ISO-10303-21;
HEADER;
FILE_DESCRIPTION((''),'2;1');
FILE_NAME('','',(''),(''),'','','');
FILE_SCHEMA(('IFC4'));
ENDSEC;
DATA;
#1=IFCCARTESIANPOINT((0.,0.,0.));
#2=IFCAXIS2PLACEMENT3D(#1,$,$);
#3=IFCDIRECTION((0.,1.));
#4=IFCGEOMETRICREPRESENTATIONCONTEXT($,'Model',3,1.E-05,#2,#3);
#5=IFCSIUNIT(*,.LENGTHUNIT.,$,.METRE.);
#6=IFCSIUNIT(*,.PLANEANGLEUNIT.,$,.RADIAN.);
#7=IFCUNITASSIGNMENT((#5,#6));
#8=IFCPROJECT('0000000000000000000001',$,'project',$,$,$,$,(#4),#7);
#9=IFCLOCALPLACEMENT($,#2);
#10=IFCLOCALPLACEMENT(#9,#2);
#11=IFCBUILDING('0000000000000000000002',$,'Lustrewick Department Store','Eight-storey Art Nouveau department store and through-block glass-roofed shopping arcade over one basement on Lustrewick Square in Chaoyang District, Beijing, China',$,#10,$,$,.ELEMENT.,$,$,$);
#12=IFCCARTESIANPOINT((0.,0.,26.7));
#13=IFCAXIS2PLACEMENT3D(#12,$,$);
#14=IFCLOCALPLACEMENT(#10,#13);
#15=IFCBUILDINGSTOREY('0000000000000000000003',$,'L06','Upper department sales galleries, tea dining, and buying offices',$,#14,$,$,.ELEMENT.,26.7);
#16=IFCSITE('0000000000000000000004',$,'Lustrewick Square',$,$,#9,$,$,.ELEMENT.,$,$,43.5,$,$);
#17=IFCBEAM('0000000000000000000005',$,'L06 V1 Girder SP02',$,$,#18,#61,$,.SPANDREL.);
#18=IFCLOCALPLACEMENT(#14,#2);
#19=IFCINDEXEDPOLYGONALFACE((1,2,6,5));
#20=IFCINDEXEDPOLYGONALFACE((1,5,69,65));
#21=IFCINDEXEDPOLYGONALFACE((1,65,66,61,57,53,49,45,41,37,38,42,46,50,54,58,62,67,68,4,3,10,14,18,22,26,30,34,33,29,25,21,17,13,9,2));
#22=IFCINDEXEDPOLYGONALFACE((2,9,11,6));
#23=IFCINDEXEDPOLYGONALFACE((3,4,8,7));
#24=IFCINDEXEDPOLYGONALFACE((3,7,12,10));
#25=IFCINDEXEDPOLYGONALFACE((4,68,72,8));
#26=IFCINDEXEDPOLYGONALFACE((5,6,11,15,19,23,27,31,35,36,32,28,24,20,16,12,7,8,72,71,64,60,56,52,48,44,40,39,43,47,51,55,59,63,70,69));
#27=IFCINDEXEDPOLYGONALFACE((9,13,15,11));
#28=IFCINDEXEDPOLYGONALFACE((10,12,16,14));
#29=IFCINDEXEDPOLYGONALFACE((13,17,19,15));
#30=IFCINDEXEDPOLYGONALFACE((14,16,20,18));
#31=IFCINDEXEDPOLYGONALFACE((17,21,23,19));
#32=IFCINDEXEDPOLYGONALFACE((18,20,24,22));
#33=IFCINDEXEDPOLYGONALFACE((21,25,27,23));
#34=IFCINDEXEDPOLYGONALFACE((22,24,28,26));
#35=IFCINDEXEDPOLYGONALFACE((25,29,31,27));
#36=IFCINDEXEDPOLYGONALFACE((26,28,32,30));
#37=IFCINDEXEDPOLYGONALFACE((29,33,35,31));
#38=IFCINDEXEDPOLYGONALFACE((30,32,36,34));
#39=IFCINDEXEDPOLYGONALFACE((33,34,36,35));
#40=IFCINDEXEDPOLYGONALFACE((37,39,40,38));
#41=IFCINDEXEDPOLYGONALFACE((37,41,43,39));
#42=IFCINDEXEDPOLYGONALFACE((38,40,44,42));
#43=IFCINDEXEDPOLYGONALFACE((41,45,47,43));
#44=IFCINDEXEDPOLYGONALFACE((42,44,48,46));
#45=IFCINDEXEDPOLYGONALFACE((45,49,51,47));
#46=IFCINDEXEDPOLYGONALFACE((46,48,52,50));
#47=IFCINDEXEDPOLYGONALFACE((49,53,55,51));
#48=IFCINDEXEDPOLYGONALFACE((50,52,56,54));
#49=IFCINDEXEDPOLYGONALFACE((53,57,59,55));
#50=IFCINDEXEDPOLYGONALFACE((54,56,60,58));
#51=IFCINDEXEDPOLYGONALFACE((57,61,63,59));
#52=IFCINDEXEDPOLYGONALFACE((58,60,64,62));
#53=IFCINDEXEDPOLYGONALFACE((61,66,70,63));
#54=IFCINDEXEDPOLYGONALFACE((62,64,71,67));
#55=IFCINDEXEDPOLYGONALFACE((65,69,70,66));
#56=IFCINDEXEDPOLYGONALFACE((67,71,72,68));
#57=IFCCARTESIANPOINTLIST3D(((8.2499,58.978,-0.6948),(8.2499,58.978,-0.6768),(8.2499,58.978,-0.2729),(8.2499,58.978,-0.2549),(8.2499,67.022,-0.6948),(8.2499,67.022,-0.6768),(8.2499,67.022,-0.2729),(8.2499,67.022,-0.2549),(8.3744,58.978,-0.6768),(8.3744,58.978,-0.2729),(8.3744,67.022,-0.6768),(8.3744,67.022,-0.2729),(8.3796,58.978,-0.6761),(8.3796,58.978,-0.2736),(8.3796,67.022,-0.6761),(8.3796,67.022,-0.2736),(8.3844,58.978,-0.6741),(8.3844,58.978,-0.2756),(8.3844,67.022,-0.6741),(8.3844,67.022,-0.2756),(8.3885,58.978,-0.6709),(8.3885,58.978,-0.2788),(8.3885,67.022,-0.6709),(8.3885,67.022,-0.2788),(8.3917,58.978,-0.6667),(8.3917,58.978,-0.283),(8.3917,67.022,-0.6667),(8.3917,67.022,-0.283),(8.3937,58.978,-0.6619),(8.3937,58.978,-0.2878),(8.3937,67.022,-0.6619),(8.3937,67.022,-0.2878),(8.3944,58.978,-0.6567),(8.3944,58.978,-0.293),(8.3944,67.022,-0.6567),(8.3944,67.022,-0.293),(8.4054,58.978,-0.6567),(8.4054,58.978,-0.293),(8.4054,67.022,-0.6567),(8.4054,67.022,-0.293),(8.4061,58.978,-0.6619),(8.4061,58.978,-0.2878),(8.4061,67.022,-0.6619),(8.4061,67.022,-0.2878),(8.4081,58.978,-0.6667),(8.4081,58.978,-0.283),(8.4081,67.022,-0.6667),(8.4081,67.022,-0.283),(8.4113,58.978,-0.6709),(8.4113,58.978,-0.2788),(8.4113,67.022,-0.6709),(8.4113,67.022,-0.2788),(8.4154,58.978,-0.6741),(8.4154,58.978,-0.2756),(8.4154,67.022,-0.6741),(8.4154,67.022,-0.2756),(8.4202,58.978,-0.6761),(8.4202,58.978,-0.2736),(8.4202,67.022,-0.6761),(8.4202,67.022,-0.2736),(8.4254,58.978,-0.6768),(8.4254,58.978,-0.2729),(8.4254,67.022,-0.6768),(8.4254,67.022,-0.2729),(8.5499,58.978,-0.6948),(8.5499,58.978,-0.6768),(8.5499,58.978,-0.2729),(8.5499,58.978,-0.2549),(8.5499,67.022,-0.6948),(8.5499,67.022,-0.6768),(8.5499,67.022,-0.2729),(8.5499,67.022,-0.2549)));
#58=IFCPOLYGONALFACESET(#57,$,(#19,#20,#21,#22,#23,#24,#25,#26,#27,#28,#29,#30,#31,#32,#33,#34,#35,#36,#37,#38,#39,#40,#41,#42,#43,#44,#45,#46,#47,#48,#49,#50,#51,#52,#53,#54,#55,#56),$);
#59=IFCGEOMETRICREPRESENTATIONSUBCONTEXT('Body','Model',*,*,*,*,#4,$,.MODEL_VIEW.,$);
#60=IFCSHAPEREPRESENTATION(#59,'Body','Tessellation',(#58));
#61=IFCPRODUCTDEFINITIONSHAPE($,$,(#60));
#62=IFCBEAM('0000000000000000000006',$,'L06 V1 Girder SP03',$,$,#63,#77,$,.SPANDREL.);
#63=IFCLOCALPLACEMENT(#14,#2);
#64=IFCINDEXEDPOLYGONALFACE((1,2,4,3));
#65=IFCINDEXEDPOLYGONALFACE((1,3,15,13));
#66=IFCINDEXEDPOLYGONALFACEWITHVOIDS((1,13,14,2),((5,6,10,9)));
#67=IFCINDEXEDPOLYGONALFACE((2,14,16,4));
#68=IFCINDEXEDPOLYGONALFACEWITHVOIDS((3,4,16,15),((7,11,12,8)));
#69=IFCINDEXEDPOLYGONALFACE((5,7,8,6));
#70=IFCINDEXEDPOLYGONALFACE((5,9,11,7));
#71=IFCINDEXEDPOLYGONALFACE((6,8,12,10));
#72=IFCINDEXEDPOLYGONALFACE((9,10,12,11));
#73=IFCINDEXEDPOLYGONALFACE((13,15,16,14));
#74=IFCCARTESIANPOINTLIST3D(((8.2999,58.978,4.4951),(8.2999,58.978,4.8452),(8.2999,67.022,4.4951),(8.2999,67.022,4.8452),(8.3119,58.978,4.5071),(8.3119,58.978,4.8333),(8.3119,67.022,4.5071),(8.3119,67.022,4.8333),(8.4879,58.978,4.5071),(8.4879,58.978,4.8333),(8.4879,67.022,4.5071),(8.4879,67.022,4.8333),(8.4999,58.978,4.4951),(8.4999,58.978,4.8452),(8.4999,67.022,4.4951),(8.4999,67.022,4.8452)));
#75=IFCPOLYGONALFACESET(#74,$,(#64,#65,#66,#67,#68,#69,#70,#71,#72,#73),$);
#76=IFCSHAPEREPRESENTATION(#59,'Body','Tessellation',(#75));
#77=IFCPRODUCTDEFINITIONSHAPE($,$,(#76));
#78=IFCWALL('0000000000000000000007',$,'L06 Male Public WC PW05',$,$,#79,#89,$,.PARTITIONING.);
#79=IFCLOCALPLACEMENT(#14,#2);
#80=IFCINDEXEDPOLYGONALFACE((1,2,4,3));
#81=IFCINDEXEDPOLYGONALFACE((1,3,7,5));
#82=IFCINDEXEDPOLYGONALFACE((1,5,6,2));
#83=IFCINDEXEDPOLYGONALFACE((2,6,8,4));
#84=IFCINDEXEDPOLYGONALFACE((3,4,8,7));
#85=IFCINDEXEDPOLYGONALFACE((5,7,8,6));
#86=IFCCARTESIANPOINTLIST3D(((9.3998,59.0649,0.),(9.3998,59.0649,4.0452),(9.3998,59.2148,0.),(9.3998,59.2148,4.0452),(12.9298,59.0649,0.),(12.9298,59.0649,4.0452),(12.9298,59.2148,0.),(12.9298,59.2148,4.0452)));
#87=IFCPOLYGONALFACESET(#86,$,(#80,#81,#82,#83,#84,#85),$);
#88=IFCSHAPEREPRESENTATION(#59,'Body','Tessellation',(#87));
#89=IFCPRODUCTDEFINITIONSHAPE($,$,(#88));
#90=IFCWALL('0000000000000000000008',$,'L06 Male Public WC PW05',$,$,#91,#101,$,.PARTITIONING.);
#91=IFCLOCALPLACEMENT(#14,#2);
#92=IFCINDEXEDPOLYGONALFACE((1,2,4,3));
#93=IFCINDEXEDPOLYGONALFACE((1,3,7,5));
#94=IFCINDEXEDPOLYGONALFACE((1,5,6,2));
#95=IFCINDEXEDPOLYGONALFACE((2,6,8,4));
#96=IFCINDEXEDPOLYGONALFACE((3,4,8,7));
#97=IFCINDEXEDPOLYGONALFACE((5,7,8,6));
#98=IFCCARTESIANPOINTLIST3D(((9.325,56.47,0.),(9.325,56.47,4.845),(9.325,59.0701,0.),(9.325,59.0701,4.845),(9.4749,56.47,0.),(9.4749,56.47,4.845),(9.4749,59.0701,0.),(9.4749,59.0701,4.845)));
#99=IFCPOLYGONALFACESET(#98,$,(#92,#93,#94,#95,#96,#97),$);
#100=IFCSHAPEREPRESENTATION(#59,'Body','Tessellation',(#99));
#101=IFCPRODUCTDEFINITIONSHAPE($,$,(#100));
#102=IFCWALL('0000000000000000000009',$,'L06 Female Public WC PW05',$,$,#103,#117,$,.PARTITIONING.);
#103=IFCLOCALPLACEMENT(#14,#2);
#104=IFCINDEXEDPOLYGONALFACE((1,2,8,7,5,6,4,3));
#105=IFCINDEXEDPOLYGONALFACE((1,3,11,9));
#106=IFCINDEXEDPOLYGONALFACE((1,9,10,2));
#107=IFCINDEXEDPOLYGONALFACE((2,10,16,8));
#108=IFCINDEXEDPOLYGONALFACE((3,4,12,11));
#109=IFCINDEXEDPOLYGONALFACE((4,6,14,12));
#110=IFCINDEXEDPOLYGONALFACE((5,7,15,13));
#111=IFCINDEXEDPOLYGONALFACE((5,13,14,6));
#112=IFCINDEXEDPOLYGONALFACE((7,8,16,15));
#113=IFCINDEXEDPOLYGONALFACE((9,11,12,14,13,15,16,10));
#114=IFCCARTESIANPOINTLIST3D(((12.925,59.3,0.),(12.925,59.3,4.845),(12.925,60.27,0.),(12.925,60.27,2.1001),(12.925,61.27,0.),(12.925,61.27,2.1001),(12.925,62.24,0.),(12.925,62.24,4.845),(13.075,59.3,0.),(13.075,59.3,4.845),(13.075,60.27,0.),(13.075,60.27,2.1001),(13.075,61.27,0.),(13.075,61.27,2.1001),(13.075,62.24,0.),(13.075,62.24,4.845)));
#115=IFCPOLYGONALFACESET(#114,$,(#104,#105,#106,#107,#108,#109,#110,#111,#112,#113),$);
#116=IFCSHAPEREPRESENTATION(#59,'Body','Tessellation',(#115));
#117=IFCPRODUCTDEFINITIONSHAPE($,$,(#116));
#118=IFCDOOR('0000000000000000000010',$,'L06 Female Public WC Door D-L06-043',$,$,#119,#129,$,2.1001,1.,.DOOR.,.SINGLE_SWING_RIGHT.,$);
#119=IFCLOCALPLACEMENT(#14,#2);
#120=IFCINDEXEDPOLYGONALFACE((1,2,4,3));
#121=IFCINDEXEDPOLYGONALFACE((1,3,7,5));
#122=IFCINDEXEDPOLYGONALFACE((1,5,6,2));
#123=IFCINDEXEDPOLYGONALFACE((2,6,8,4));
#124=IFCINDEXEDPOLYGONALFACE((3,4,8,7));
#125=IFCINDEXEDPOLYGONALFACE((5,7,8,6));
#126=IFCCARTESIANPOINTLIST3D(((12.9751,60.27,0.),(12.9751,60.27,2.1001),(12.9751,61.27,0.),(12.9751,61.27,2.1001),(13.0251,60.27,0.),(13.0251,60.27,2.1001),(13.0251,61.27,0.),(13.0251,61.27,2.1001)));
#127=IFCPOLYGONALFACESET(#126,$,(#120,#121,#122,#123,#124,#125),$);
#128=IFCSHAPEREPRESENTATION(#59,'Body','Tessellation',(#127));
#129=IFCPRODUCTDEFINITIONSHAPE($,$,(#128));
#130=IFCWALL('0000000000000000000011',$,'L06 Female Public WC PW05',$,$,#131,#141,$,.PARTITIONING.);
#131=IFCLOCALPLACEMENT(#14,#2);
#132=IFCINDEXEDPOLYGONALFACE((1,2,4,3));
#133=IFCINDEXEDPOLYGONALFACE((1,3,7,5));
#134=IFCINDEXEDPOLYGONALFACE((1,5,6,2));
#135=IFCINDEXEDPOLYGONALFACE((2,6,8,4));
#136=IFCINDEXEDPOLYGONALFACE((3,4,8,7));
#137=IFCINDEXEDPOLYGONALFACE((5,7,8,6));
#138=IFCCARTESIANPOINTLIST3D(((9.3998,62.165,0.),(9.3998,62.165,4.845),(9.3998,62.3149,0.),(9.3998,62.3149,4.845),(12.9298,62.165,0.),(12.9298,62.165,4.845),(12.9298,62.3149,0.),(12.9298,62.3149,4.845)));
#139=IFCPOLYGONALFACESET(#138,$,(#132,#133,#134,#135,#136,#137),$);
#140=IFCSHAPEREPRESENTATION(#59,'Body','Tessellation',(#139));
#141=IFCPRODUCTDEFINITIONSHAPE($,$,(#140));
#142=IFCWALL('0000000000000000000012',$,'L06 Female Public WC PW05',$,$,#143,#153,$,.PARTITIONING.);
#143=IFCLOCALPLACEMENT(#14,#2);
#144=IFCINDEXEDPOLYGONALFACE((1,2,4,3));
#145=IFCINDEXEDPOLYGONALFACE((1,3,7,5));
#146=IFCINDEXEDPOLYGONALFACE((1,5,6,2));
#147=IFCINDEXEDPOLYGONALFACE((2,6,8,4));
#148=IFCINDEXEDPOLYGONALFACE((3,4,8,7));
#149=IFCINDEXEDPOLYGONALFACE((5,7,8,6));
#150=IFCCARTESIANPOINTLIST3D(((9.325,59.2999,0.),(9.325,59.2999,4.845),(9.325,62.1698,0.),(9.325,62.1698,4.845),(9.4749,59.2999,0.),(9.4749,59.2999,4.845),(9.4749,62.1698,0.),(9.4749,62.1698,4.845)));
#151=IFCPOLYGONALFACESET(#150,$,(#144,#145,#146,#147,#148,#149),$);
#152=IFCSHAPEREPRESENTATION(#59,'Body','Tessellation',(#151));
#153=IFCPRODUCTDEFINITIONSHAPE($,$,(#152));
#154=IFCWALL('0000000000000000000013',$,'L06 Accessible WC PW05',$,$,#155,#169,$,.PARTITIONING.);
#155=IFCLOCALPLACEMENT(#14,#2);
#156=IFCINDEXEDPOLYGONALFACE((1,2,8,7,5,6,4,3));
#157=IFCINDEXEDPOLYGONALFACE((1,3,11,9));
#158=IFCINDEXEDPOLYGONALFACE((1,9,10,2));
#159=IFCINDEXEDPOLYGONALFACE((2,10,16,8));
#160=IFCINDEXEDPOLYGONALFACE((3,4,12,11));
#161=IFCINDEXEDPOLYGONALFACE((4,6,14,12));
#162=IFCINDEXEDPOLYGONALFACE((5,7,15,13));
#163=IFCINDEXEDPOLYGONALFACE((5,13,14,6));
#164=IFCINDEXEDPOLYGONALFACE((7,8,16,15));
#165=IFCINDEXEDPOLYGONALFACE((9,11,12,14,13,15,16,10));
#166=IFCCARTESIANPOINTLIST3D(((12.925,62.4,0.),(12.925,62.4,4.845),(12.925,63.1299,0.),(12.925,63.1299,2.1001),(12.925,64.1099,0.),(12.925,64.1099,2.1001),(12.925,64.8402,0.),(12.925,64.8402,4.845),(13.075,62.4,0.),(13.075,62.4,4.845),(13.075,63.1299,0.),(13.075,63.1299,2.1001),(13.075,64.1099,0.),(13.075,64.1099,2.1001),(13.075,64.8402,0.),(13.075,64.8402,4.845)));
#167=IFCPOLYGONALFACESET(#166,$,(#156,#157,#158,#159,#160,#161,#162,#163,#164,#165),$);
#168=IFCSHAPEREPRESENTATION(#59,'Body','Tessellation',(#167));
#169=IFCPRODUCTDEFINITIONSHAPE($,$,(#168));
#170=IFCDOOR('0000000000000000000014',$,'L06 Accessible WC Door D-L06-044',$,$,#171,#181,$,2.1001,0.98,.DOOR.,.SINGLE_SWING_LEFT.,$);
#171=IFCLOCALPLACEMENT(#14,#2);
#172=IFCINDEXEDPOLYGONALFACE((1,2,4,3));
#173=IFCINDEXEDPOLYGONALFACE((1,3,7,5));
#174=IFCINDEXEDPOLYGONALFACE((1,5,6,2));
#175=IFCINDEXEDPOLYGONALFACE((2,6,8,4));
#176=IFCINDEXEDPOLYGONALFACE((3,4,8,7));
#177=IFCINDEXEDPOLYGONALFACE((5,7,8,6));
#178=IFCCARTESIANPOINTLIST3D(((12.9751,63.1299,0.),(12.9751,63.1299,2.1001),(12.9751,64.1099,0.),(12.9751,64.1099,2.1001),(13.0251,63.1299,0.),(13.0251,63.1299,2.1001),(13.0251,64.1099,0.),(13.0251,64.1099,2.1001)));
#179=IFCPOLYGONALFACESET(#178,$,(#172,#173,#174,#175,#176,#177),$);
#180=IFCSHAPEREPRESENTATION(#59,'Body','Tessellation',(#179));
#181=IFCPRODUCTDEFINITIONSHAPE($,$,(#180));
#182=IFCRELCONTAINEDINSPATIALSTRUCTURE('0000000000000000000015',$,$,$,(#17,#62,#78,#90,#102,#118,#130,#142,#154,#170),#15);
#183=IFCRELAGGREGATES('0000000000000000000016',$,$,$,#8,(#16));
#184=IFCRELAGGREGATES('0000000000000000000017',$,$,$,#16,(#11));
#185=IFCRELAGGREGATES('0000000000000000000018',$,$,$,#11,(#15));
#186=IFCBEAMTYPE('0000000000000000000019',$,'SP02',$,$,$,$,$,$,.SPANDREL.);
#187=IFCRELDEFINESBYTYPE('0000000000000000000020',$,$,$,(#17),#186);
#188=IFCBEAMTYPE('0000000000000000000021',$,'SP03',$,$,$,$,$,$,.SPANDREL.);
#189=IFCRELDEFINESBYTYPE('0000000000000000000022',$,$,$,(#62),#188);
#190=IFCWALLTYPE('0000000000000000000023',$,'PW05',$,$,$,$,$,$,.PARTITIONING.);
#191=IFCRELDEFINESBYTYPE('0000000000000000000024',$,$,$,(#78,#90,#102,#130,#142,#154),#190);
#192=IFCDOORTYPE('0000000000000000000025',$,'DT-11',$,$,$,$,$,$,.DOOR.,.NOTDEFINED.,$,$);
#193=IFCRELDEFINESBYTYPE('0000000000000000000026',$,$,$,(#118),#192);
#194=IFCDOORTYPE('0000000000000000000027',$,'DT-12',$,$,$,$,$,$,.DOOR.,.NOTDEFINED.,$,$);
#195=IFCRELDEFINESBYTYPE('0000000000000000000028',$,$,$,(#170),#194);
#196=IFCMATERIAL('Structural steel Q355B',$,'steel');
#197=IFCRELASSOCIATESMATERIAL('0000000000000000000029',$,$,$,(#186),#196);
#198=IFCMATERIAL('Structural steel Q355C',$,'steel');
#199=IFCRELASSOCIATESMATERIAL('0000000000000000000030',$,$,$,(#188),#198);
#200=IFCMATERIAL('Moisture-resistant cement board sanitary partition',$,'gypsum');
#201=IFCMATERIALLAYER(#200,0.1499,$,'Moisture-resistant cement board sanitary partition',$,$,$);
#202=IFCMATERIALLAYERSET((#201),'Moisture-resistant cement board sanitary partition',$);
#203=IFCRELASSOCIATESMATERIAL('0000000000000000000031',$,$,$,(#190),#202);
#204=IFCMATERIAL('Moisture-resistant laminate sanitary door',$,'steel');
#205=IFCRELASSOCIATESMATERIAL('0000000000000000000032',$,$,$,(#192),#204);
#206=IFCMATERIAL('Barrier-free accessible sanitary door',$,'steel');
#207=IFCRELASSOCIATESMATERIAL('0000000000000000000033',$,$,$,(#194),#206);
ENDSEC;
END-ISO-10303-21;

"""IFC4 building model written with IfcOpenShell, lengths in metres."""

from ifc_helpers import new_model, si_unit, direction, frame, frame_2d, origin, origin_2d, place, context, subcontext, project, spatial, rectangle, hollow_rectangle, i_section, extrude, material, layer, layer_set, material_profile, profile_set, type_object, element, fill, save


model = new_model("IFC4")

# Units and contexts
model_context = context("Model", 3, precision=1e-05, world=origin(), true_north=direction((0.0, 1.0)))
body_context = subcontext(model_context, "Body", "Model", "MODEL_VIEW")
ifc_project = project(units=[si_unit("LENGTHUNIT", "METRE"), si_unit("PLANEANGLEUNIT", "RADIAN")], contexts=[model_context])

# Site, building, storey
site_placement = place(None, origin())
site = spatial("IfcSite", under=ifc_project, at=site_placement, Name="Lustrewick Square", CompositionType="ELEMENT", RefElevation=43.5)
building_placement = place(site_placement, origin())
building = spatial("IfcBuilding", under=site, at=building_placement, Name="Lustrewick Department Store", Description="Eight-storey Art Nouveau department store and through-block glass-roofed shopping arcade over one basement on Lustrewick Square in Chaoyang District, Beijing, China", CompositionType="ELEMENT")
storey_placement = place(building_placement, frame((0.0, 0.0, 26.7)))
storey = spatial("IfcBuildingStorey", under=building, at=storey_placement, Name="L06", Description="Upper department sales galleries, tea dining, and buying offices", CompositionType="ELEMENT", Elevation=26.7)

# Shared definitions
ifc_material_1 = material(Name="Structural steel Q355B", Category="steel")

# Beams
ifc_material_2 = material(Name="Structural steel Q355C", Category="steel")
ifc_material_profile_1 = material_profile(ifc_material_1, i_section(OverallWidth=0.3, OverallDepth=0.4399, WebThickness=0.011, FlangeThickness=0.0181, FilletRadius=0.02, at=origin_2d()), Name="HM 440x300x11x18")
ifc_profile_set_1 = profile_set([ifc_material_profile_1], Name="Structural steel Q355B")
beam_type_1 = type_object("IfcBeamType", Name="SP02", PredefinedType="SPANDREL", material=ifc_profile_set_1)
beam_1_placement = place(storey_placement, frame((8.3999, 58.978, -0.4749), z_axis=(0.0, 1.0, 0.0), x_axis=(-1.0, 0.0, 0.0)))
element("IfcBeam", 1, at=beam_1_placement, inside=storey, type_object=beam_type_1, Name="L06 V1 Girder SP02", PredefinedType="SPANDREL", context=body_context, shape_type="SweptSolid", body=[
    extrude(i_section(OverallWidth=0.3, OverallDepth=0.4399, WebThickness=0.011, FlangeThickness=0.0181, FilletRadius=0.02, at=origin_2d()), origin(), (0.0, 0.0, 1.0), 8.0439),
])
ifc_material_profile_2 = material_profile(ifc_material_2, hollow_rectangle(XDim=0.2, YDim=0.3501, WallThickness=0.012, at=origin_2d()), Name="RHS 350x200x12")
ifc_profile_set_2 = profile_set([ifc_material_profile_2], Name="Structural steel Q355C")
beam_type_2 = type_object("IfcBeamType", Name="SP03", PredefinedType="SPANDREL", material=ifc_profile_set_2)
beam_2_placement = place(storey_placement, frame((8.3999, 58.978, 4.6702), z_axis=(0.0, 1.0, 0.0), x_axis=(-1.0, 0.0, 0.0)))
element("IfcBeam", 2, at=beam_2_placement, inside=storey, type_object=beam_type_2, Name="L06 V1 Girder SP03", PredefinedType="SPANDREL", context=body_context, shape_type="SweptSolid", body=[
    extrude(hollow_rectangle(XDim=0.2, YDim=0.3501, WallThickness=0.012, at=origin_2d()), origin(), (0.0, 0.0, 1.0), 8.0439),
])

# Walls
ifc_material_3 = material(Name="Moisture-resistant cement board sanitary partition", Category="gypsum")
ifc_layer = layer(ifc_material_3, 0.1499, Name="Moisture-resistant cement board sanitary partition")
ifc_layer_set = layer_set([ifc_layer], Name="Moisture-resistant cement board sanitary partition")
wall_type = type_object("IfcWallType", Name="PW05", PredefinedType="PARTITIONING", material=ifc_layer_set)
wall_1_placement = place(storey_placement, frame((12.9299, 59.1399, 0.0), z_axis=(0.0, 0.0, 1.0), x_axis=(-1.0, 0.0, 0.0)))
element("IfcWall", 3, at=wall_1_placement, inside=storey, type_object=wall_type, Name="L06 Male Public WC PW05", PredefinedType="PARTITIONING", context=body_context, shape_type="SweptSolid", body=[
    extrude(rectangle(XDim=3.53, YDim=0.1499, at=frame_2d((1.7651, 0.0))), origin(), (0.0, 0.0, 1.0), 4.0452),
])
wall_2_placement = place(storey_placement, frame((9.3999, 59.0701, 0.0), z_axis=(0.0, 0.0, 1.0), x_axis=(0.0, -1.0, 0.0)))
element("IfcWall", 4, at=wall_2_placement, inside=storey, type_object=wall_type, Name="L06 Male Public WC PW05", PredefinedType="PARTITIONING", context=body_context, shape_type="SweptSolid", body=[
    extrude(rectangle(XDim=2.6001, YDim=0.1499, at=frame_2d((1.3, 0.0))), origin(), (0.0, 0.0, 1.0), 4.845),
])

# Wall, opening, door
wall_3_placement = place(storey_placement, frame((13.0, 59.3, 0.0), z_axis=(0.0, 0.0, 1.0), x_axis=(0.0, 1.0, 0.0)))
wall_3 = element("IfcWall", 5, at=wall_3_placement, inside=storey, type_object=wall_type, Name="L06 Female Public WC PW05", PredefinedType="PARTITIONING", context=body_context, shape_type="SweptSolid", body=[
    extrude(rectangle(XDim=2.9399, YDim=0.1499, at=frame_2d((1.47, 0.0))), origin(), (0.0, 0.0, 1.0), 4.845),
])
opening_1_placement = place(wall_3_placement, frame((0.97, 0.0, 0.0)))
opening_1 = element("IfcOpeningElement", 6, at=opening_1_placement, cuts=wall_3, PredefinedType="OPENING", context=body_context, shape_type="SweptSolid", body=[
    extrude(rectangle(XDim=1.0, YDim=2.1001, at=frame_2d((0.5, 1.05))), frame((0.0, 0.085, 0.0), z_axis=(0.0, -1.0, 0.0), x_axis=(1.0, 0.0, 0.0)), (0.0, 0.0, 1.0), 0.1699),
])
ifc_material_4 = material(Name="Moisture-resistant laminate sanitary door", Category="steel")
door_type_1 = type_object("IfcDoorType", Name="DT-11", OperationType="NOTDEFINED", PredefinedType="DOOR", material=ifc_material_4)
door_1_placement = place(opening_1_placement, origin())
door_1 = element("IfcDoor", 7, at=door_1_placement, inside=storey, type_object=door_type_1, Name="L06 Female Public WC Door D-L06-043", OperationType="SINGLE_SWING_RIGHT", OverallHeight=2.1001, OverallWidth=1.0, PredefinedType="DOOR", context=body_context, shape_type="SweptSolid", body=[
    extrude(rectangle(XDim=1.0, YDim=2.1001, at=frame_2d((0.5, 1.05))), frame((0.0, 0.0249, 0.0), z_axis=(0.0, -1.0, 0.0), x_axis=(1.0, 0.0, 0.0)), (0.0, 0.0, 1.0), 0.05),
])
fill(opening_1, door_1)

# Walls
wall_4_placement = place(storey_placement, frame((12.9299, 62.24, 0.0), z_axis=(0.0, 0.0, 1.0), x_axis=(-1.0, 0.0, 0.0)))
element("IfcWall", 8, at=wall_4_placement, inside=storey, type_object=wall_type, Name="L06 Female Public WC PW05", PredefinedType="PARTITIONING", context=body_context, shape_type="SweptSolid", body=[
    extrude(rectangle(XDim=3.53, YDim=0.1499, at=frame_2d((1.7651, 0.0))), origin(), (0.0, 0.0, 1.0), 4.845),
])
wall_5_placement = place(storey_placement, frame((9.3999, 62.1699, 0.0), z_axis=(0.0, 0.0, 1.0), x_axis=(0.0, -1.0, 0.0)))
element("IfcWall", 9, at=wall_5_placement, inside=storey, type_object=wall_type, Name="L06 Female Public WC PW05", PredefinedType="PARTITIONING", context=body_context, shape_type="SweptSolid", body=[
    extrude(rectangle(XDim=2.8699, YDim=0.1499, at=frame_2d((1.4351, 0.0))), origin(), (0.0, 0.0, 1.0), 4.845),
])

# Wall, opening, door
wall_6_placement = place(storey_placement, frame((13.0, 62.3999, 0.0), z_axis=(0.0, 0.0, 1.0), x_axis=(0.0, 1.0, 0.0)))
wall_6 = element("IfcWall", 10, at=wall_6_placement, inside=storey, type_object=wall_type, Name="L06 Accessible WC PW05", PredefinedType="PARTITIONING", context=body_context, shape_type="SweptSolid", body=[
    extrude(rectangle(XDim=2.4402, YDim=0.1499, at=frame_2d((1.2202, 0.0))), origin(), (0.0, 0.0, 1.0), 4.845),
])
opening_2_placement = place(wall_6_placement, frame((0.73, 0.0, 0.0)))
opening_2 = element("IfcOpeningElement", 11, at=opening_2_placement, cuts=wall_6, PredefinedType="OPENING", context=body_context, shape_type="SweptSolid", body=[
    extrude(rectangle(XDim=0.98, YDim=2.1001, at=frame_2d((0.49, 1.05))), frame((0.0, 0.085, 0.0), z_axis=(0.0, -1.0, 0.0), x_axis=(1.0, 0.0, 0.0)), (0.0, 0.0, 1.0), 0.1699),
])
ifc_material_5 = material(Name="Barrier-free accessible sanitary door", Category="steel")
door_type_2 = type_object("IfcDoorType", Name="DT-12", OperationType="NOTDEFINED", PredefinedType="DOOR", material=ifc_material_5)
door_2_placement = place(opening_2_placement, origin())
door_2 = element("IfcDoor", 12, at=door_2_placement, inside=storey, type_object=door_type_2, Name="L06 Accessible WC Door D-L06-044", OperationType="SINGLE_SWING_LEFT", OverallHeight=2.1001, OverallWidth=0.98, PredefinedType="DOOR", context=body_context, shape_type="SweptSolid", body=[
    extrude(rectangle(XDim=0.98, YDim=2.1001, at=frame_2d((0.49, 1.05))), frame((0.0, 0.0249, 0.0), z_axis=(0.0, -1.0, 0.0), x_axis=(1.0, 0.0, 0.0)), (0.0, 0.0, 1.0), 0.05),
])
fill(opening_2, door_2)

save(model, "model.ifc")
